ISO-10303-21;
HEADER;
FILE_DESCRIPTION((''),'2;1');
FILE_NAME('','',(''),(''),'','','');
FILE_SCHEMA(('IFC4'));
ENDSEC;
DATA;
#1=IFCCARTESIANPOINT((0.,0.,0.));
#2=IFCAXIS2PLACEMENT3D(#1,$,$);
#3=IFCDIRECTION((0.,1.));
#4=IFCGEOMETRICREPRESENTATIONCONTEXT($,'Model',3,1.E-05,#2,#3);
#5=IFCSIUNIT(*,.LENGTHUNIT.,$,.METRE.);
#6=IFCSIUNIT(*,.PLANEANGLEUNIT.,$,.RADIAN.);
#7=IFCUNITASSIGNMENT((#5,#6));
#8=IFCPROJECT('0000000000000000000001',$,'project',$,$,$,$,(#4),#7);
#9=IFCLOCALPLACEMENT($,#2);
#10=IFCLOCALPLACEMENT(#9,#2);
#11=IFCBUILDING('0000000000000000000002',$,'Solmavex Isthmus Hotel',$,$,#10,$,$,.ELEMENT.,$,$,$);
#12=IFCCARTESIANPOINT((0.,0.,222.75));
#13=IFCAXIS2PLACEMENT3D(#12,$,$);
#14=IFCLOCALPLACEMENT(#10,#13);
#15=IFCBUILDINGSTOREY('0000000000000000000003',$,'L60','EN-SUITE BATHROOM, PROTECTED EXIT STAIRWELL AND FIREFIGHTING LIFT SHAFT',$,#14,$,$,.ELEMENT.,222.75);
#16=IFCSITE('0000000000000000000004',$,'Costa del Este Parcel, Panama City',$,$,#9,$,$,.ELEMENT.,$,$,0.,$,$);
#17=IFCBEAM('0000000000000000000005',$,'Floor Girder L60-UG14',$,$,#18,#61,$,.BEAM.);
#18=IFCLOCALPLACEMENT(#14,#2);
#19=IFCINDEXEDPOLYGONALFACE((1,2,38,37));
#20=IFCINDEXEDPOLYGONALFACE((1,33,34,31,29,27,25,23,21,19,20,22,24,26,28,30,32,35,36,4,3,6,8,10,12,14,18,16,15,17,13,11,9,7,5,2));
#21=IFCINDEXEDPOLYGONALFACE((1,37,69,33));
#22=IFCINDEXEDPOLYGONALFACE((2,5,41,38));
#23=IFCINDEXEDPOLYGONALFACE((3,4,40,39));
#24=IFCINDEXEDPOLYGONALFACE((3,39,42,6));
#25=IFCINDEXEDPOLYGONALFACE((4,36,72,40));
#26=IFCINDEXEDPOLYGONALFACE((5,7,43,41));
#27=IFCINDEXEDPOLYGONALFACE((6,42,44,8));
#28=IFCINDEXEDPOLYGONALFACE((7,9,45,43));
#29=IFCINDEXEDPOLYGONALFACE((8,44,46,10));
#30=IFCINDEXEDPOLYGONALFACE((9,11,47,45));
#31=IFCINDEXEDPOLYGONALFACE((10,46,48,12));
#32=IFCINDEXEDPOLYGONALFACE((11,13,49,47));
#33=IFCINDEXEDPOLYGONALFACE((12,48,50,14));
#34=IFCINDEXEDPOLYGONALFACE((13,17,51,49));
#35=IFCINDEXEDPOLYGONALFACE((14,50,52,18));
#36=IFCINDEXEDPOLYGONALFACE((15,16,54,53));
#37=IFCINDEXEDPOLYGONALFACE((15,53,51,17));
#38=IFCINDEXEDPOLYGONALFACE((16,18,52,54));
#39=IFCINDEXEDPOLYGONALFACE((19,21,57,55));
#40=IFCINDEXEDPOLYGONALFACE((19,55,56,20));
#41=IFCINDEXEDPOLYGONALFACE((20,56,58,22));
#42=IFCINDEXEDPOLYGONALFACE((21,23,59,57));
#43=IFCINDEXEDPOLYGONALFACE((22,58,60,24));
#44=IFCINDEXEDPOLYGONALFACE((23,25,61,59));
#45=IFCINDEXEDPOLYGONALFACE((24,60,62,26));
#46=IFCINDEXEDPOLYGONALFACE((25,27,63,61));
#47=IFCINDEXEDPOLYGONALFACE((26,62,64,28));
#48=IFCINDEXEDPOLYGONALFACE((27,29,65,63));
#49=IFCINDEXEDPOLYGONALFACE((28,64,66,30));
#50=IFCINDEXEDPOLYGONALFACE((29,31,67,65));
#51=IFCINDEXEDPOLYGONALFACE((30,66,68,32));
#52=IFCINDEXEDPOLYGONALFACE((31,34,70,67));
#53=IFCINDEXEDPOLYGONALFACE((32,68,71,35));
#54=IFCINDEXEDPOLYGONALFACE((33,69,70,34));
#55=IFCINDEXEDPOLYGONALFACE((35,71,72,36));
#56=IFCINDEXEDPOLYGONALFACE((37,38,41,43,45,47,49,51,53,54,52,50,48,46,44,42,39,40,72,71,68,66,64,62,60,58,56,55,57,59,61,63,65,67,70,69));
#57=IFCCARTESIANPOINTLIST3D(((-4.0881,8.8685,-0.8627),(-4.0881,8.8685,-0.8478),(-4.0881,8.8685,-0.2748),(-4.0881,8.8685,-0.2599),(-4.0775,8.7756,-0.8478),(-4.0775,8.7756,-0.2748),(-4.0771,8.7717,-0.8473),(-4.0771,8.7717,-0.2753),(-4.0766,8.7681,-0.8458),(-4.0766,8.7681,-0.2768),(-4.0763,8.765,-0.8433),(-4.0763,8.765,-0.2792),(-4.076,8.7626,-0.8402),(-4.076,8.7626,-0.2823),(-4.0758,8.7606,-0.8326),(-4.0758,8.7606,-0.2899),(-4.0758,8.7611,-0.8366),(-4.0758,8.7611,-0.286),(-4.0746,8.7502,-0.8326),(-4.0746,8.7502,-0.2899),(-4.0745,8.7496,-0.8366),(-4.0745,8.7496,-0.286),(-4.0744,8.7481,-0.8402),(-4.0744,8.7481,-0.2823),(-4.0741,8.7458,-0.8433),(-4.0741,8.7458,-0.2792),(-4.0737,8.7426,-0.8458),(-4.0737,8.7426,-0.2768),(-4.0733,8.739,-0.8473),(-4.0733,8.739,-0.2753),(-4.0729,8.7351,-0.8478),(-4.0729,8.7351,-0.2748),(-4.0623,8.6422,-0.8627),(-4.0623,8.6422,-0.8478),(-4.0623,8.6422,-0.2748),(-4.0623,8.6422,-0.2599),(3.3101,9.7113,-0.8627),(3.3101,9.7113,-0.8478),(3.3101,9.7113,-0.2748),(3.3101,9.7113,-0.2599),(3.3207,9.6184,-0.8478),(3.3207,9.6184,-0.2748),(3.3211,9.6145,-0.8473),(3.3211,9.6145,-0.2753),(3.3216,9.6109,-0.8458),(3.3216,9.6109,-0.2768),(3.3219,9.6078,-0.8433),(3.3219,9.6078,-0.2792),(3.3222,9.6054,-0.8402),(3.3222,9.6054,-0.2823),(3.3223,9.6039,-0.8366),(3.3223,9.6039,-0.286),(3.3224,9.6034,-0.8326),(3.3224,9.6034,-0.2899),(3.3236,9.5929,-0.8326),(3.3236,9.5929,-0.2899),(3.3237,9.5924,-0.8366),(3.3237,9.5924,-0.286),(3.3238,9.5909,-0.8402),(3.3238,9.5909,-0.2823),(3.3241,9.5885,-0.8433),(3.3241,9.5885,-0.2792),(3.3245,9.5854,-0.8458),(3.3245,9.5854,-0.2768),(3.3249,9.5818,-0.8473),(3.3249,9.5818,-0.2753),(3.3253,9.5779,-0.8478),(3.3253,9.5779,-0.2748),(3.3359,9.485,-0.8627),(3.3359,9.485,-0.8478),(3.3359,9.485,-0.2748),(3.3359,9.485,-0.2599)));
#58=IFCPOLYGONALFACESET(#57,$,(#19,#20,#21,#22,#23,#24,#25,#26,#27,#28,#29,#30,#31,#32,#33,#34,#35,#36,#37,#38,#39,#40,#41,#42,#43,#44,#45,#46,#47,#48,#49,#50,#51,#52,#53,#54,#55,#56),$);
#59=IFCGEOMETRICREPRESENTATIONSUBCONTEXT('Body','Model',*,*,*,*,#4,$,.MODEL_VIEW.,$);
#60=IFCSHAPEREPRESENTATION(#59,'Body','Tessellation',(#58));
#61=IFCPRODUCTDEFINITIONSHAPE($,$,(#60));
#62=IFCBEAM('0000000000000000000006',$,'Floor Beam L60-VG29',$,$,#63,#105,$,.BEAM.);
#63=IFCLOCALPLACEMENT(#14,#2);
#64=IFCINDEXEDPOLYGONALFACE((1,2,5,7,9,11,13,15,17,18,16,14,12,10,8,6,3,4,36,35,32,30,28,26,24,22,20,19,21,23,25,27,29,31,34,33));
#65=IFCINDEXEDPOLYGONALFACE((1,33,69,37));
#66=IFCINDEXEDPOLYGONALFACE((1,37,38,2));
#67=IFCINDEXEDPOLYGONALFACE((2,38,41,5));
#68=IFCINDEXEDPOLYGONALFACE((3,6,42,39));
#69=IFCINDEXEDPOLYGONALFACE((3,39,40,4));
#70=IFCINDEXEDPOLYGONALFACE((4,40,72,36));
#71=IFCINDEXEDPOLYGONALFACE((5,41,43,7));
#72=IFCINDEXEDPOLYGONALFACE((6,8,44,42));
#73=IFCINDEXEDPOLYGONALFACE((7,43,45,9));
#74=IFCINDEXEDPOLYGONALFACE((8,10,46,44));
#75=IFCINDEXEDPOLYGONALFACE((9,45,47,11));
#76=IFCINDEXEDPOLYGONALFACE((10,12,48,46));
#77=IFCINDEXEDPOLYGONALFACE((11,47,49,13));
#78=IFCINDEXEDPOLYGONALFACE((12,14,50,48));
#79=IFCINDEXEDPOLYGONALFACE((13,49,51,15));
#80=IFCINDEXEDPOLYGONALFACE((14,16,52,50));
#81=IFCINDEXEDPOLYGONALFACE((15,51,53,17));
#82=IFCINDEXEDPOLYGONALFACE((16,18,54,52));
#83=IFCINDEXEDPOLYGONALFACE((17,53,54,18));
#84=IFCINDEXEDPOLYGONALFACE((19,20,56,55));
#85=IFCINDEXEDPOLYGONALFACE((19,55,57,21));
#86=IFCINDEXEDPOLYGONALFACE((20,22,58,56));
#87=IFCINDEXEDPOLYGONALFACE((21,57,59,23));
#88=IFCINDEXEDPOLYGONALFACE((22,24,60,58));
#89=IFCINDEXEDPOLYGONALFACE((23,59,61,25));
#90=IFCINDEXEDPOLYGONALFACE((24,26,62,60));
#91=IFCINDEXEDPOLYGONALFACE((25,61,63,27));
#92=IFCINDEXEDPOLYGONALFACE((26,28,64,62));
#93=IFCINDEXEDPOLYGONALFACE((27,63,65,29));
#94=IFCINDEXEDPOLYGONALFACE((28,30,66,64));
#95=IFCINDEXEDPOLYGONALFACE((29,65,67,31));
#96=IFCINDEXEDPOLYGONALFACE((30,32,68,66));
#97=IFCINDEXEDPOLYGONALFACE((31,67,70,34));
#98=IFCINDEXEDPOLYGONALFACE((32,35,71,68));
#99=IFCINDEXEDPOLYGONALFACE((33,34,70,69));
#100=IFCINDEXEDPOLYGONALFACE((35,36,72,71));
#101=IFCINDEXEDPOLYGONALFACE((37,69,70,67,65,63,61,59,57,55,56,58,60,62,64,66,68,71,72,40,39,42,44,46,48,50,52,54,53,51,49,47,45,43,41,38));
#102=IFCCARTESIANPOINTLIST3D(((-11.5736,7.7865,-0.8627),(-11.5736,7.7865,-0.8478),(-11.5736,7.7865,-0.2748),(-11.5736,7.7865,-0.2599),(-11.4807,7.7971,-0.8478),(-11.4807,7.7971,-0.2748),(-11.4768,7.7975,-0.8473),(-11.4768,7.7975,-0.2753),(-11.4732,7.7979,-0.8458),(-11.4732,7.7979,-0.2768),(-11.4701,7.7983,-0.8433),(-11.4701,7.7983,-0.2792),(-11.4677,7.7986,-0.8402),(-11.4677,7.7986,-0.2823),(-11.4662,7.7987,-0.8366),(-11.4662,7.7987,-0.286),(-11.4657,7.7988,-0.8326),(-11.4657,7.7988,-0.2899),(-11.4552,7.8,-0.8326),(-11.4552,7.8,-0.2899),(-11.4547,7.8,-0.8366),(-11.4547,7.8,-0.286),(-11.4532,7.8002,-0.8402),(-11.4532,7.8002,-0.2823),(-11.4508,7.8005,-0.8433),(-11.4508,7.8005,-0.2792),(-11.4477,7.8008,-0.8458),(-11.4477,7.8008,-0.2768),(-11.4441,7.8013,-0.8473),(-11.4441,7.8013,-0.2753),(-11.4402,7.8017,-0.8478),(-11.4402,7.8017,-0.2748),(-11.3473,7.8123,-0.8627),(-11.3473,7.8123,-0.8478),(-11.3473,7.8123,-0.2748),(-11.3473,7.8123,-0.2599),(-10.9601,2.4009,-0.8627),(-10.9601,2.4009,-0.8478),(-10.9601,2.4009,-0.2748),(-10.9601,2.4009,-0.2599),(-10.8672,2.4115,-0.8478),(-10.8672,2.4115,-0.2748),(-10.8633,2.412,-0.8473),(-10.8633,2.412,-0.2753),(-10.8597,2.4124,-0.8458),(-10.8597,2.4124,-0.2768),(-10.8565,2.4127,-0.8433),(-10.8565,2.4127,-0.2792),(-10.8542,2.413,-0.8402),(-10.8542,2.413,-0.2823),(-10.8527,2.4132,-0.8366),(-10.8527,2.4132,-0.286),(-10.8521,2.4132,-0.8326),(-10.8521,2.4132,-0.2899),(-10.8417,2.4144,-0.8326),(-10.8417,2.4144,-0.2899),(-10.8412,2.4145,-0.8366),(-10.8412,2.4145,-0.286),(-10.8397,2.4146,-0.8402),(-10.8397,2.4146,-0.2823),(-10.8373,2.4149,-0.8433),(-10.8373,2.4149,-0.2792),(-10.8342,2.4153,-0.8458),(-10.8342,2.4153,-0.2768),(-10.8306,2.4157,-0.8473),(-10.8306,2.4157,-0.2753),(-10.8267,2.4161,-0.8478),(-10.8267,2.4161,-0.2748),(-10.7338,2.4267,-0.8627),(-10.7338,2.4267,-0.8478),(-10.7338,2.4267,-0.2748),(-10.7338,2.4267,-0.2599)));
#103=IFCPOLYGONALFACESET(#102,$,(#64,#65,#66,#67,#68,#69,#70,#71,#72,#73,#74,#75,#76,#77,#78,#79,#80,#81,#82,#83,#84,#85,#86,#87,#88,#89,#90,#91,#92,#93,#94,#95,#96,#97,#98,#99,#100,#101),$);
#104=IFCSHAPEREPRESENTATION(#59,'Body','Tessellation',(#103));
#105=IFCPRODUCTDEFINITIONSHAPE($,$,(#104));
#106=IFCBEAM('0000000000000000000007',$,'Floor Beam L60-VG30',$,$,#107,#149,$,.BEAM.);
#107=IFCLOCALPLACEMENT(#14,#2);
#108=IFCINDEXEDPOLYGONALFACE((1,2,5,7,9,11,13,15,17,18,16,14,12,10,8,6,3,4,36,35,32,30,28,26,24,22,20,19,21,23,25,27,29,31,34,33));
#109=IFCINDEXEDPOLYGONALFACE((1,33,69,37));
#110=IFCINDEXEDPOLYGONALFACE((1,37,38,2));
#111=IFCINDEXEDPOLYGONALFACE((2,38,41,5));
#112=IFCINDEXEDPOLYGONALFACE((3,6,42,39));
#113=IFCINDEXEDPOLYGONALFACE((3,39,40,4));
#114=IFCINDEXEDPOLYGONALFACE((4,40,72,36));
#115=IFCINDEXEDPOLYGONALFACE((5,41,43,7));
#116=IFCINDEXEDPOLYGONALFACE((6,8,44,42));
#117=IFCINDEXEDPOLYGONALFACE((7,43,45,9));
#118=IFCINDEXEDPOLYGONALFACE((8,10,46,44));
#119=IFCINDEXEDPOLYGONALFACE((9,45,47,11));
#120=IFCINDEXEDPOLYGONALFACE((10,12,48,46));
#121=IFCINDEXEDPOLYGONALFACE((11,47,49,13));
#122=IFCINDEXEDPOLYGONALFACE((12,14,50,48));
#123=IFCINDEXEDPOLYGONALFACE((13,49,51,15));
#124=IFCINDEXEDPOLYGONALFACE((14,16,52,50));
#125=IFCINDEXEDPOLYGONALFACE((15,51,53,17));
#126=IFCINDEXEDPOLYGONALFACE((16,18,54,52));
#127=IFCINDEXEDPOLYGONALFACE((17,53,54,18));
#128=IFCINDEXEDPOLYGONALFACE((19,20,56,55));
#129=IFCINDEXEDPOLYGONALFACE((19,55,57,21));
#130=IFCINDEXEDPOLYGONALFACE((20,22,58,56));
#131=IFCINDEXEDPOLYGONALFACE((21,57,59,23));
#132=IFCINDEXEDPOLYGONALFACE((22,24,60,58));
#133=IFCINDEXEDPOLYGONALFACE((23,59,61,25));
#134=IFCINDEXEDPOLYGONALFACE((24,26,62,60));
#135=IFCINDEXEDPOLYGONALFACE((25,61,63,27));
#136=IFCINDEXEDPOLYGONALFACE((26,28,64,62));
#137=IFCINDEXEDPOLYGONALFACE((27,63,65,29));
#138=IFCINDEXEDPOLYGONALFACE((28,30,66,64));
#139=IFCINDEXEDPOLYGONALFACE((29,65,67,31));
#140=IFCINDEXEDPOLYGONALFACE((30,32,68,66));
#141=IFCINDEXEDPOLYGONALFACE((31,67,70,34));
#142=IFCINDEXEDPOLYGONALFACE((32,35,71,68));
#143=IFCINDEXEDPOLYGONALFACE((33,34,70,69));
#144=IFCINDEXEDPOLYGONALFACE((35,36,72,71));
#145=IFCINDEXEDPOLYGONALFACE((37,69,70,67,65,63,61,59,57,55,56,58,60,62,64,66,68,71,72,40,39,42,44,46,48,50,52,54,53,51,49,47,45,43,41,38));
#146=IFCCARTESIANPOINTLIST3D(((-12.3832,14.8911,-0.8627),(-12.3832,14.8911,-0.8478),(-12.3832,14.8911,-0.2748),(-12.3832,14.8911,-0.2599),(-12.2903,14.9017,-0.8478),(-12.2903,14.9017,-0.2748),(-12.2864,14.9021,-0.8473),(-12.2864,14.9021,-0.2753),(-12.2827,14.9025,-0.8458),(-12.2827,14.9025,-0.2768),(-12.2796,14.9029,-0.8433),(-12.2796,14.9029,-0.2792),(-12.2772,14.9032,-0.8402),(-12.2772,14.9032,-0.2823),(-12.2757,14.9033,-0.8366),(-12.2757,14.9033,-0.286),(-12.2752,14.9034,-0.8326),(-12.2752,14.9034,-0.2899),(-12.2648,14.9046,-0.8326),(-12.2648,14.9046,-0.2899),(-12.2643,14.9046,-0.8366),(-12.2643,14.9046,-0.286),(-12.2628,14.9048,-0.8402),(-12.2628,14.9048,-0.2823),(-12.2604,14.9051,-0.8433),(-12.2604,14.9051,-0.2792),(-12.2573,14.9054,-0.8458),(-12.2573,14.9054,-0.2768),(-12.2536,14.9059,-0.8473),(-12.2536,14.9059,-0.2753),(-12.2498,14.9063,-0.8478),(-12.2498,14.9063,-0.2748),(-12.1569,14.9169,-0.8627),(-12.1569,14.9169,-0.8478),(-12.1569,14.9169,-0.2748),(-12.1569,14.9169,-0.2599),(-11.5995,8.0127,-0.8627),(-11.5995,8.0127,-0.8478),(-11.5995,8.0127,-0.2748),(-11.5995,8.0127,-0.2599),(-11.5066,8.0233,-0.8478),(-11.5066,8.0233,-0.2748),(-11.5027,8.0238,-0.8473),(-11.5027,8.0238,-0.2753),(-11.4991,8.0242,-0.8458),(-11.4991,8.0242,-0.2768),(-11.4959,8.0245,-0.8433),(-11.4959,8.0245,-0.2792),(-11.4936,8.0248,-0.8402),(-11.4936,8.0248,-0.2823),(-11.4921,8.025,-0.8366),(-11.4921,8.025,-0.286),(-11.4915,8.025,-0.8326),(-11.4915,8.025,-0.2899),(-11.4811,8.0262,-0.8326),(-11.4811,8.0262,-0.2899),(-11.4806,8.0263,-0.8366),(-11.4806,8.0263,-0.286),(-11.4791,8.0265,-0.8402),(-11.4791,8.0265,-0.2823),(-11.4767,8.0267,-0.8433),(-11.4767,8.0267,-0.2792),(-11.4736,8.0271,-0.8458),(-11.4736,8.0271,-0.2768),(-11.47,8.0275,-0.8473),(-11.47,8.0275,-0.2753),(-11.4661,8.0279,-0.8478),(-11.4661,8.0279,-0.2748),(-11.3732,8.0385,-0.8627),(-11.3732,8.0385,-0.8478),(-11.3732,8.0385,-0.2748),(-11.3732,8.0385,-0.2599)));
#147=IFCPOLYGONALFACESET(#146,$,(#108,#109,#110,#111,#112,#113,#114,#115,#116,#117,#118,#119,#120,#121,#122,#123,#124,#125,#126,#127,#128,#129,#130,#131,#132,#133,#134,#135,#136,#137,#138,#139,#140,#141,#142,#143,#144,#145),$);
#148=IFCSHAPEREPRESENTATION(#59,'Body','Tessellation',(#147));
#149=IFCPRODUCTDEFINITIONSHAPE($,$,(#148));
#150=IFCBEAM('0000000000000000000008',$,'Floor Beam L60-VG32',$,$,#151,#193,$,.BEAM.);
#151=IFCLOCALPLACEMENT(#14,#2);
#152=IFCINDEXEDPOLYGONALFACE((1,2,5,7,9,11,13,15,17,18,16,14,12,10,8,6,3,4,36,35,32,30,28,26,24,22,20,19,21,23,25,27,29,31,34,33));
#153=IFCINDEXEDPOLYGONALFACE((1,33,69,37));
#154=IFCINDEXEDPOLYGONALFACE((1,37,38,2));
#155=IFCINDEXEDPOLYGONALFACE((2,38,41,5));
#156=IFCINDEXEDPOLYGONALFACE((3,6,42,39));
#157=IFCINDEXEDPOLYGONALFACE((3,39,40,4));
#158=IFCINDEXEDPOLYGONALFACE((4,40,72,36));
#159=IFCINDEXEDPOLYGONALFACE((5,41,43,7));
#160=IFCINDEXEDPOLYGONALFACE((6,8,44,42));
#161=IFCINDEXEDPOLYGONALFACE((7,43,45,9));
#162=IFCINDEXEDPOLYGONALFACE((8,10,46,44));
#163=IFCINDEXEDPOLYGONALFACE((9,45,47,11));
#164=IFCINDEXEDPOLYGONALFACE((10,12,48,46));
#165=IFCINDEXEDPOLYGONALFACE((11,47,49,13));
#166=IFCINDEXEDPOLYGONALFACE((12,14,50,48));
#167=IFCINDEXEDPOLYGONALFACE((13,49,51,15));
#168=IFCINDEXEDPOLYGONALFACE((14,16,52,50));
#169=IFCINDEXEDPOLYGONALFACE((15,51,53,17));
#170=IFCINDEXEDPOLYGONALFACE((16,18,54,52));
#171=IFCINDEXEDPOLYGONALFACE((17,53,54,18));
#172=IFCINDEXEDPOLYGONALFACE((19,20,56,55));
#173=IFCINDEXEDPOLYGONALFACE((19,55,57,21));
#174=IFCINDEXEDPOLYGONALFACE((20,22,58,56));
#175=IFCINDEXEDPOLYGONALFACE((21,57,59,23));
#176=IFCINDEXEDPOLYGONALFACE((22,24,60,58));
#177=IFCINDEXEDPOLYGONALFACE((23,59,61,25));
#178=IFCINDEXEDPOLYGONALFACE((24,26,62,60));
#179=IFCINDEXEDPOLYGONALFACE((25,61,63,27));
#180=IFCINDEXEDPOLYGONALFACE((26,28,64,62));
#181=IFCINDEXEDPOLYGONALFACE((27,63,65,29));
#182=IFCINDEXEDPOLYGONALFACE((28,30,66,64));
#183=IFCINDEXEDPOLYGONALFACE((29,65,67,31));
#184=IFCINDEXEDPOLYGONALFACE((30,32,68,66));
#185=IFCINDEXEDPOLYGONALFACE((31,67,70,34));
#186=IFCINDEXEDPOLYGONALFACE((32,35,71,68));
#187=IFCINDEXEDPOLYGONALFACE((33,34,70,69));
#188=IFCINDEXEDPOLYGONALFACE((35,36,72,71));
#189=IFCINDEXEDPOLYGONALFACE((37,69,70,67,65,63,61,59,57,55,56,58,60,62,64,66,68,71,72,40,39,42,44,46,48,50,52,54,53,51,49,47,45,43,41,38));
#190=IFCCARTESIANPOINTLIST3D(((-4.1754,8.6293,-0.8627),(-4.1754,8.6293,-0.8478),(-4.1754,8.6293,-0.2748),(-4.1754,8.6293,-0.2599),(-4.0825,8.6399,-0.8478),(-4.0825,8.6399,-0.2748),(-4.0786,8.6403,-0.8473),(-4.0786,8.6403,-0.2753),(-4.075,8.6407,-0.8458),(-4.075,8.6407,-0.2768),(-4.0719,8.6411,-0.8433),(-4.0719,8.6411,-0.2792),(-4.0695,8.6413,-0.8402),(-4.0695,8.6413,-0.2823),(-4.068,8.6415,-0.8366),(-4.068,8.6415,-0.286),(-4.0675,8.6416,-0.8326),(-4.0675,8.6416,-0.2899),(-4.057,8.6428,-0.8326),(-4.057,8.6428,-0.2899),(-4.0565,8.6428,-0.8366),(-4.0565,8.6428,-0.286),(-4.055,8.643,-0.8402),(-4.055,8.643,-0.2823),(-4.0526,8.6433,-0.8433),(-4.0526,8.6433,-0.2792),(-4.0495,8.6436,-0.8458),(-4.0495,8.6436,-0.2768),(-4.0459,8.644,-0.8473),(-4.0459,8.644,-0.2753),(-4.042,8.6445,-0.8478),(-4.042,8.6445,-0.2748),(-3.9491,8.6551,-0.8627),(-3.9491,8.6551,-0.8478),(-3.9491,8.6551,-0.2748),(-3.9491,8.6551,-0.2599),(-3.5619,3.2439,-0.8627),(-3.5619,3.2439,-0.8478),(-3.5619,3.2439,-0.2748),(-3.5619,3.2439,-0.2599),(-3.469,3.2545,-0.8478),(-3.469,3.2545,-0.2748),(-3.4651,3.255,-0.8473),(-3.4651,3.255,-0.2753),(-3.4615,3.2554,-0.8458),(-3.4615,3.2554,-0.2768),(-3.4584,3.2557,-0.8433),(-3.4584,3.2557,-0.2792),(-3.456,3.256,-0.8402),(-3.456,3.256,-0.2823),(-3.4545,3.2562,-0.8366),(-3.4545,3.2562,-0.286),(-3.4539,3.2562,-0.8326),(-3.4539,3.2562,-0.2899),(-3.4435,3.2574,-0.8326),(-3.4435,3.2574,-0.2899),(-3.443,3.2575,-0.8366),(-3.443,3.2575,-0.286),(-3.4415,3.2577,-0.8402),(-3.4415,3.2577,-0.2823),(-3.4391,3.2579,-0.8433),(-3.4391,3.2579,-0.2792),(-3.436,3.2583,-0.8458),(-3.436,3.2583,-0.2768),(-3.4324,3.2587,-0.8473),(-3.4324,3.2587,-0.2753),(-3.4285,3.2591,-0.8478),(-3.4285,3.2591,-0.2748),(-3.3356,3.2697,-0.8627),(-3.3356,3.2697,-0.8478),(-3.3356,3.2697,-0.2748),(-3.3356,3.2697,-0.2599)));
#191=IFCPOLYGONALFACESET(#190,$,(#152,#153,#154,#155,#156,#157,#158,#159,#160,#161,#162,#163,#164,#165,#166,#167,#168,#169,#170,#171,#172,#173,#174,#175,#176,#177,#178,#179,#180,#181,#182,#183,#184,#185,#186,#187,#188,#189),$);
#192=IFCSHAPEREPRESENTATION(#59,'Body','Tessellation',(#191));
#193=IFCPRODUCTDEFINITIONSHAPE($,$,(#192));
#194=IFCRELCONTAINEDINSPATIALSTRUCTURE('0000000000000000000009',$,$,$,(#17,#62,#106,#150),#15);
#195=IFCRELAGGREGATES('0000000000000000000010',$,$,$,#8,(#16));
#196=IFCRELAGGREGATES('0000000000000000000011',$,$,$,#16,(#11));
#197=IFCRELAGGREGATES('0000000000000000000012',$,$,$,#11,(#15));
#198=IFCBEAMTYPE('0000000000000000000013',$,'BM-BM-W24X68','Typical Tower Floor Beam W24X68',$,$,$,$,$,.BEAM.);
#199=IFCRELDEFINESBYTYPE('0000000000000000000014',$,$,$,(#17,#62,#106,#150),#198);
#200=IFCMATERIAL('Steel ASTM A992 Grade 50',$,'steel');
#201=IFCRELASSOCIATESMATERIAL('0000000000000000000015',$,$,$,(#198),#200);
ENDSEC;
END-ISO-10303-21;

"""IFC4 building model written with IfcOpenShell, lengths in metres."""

from ifc_helpers import new_model, si_unit, direction, frame, origin, origin_2d, place, context, subcontext, project, spatial, i_section, extrude, material, material_profile, profile_set, type_object, element, save


model = new_model("IFC4")

# Units and contexts
model_context = context("Model", 3, precision=1e-05, world=origin(), true_north=direction((0.0, 1.0)))
body_context = subcontext(model_context, "Body", "Model", "MODEL_VIEW")
ifc_project = project(units=[si_unit("LENGTHUNIT", "METRE"), si_unit("PLANEANGLEUNIT", "RADIAN")], contexts=[model_context])

# Site, building, storey
site_placement = place(None, origin())
site = spatial("IfcSite", under=ifc_project, at=site_placement, Name="Costa del Este Parcel, Panama City", CompositionType="ELEMENT", RefElevation=0.0)
building_placement = place(site_placement, origin())
building = spatial("IfcBuilding", under=site, at=building_placement, Name="Solmavex Isthmus Hotel", CompositionType="ELEMENT")
storey_placement = place(building_placement, frame((0.0, 0.0, 222.75)))
storey = spatial("IfcBuildingStorey", under=building, at=storey_placement, Name="L60", Description="EN-SUITE BATHROOM, PROTECTED EXIT STAIRWELL AND FIREFIGHTING LIFT SHAFT", CompositionType="ELEMENT", Elevation=222.75)

# Beams
ifc_material_1 = material(Name="Steel ASTM A992 Grade 50", Category="steel")
ifc_material_profile_1 = material_profile(ifc_material_1, i_section(OverallWidth=0.2278, OverallDepth=0.6028, WebThickness=0.0105, FlangeThickness=0.0149, FilletRadius=0.0151, at=origin_2d()), Name="W24X68")
ifc_profile_set_1 = profile_set([ifc_material_profile_1], Name="Steel ASTM A992 Grade 50")
beam_type_1 = type_object("IfcBeamType", Name="BM-BM-W24X68", Description="Typical Tower Floor Beam W24X68", PredefinedType="BEAM", material=ifc_profile_set_1)
for number, where, z_axis, x_axis, name in (
    (1, (-4.0752, 8.7554, -0.5613), (0.993574, 0.113184, 0.0), (-0.113184, 0.993574, 0.0), "Floor Girder L60-UG14"),
):
    element("IfcBeam", number, at=place(storey_placement, frame(where, z_axis=z_axis, x_axis=x_axis)), inside=storey, type_object=beam_type_1, Name=name, PredefinedType="BEAM", context=body_context, shape_type="SweptSolid", body=[
        extrude(i_section(OverallWidth=0.2278, OverallDepth=0.6028, WebThickness=0.0105, FlangeThickness=0.0149, FilletRadius=0.0151, at=origin_2d()), origin(), (0.0, 0.0, 1.0), 7.446),
    ])
beam_1_placement = place(storey_placement, frame((-10.8469, 2.4138, -0.5613), z_axis=(-0.11319, 0.993573, 0.0), x_axis=(-0.993573, -0.11319, 0.0)))
element("IfcBeam", 2, at=beam_1_placement, inside=storey, type_object=beam_type_1, Name="Floor Beam L60-VG29", PredefinedType="BEAM", context=body_context, shape_type="SweptSolid", body=[
    extrude(i_section(OverallWidth=0.2278, OverallDepth=0.6028, WebThickness=0.0105, FlangeThickness=0.0149, FilletRadius=0.0151, at=origin_2d()), origin(), (0.0, 0.0, 1.0), 5.4204),
])
beam_2_placement = place(storey_placement, frame((-11.4863, 8.0256, -0.5613), z_axis=(-0.113202, 0.993572, 0.0), x_axis=(-0.993572, -0.113202, 0.0)))
element("IfcBeam", 3, at=beam_2_placement, inside=storey, type_object=beam_type_1, Name="Floor Beam L60-VG30", PredefinedType="BEAM", context=body_context, shape_type="SweptSolid", body=[
    extrude(i_section(OverallWidth=0.2278, OverallDepth=0.6028, WebThickness=0.0105, FlangeThickness=0.0149, FilletRadius=0.0151, at=origin_2d()), origin(), (0.0, 0.0, 1.0), 6.9229),
])
beam_3_placement = place(storey_placement, frame((-3.4487, 3.2568, -0.5613), z_axis=(-0.113195, 0.993573, 0.0), x_axis=(-0.993573, -0.113195, 0.0)))
element("IfcBeam", 4, at=beam_3_placement, inside=storey, type_object=beam_type_1, Name="Floor Beam L60-VG32", PredefinedType="BEAM", context=body_context, shape_type="SweptSolid", body=[
    extrude(i_section(OverallWidth=0.2278, OverallDepth=0.6028, WebThickness=0.0105, FlangeThickness=0.0149, FilletRadius=0.0151, at=origin_2d()), origin(), (0.0, 0.0, 1.0), 5.4202),
])

save(model, "model.ifc")
